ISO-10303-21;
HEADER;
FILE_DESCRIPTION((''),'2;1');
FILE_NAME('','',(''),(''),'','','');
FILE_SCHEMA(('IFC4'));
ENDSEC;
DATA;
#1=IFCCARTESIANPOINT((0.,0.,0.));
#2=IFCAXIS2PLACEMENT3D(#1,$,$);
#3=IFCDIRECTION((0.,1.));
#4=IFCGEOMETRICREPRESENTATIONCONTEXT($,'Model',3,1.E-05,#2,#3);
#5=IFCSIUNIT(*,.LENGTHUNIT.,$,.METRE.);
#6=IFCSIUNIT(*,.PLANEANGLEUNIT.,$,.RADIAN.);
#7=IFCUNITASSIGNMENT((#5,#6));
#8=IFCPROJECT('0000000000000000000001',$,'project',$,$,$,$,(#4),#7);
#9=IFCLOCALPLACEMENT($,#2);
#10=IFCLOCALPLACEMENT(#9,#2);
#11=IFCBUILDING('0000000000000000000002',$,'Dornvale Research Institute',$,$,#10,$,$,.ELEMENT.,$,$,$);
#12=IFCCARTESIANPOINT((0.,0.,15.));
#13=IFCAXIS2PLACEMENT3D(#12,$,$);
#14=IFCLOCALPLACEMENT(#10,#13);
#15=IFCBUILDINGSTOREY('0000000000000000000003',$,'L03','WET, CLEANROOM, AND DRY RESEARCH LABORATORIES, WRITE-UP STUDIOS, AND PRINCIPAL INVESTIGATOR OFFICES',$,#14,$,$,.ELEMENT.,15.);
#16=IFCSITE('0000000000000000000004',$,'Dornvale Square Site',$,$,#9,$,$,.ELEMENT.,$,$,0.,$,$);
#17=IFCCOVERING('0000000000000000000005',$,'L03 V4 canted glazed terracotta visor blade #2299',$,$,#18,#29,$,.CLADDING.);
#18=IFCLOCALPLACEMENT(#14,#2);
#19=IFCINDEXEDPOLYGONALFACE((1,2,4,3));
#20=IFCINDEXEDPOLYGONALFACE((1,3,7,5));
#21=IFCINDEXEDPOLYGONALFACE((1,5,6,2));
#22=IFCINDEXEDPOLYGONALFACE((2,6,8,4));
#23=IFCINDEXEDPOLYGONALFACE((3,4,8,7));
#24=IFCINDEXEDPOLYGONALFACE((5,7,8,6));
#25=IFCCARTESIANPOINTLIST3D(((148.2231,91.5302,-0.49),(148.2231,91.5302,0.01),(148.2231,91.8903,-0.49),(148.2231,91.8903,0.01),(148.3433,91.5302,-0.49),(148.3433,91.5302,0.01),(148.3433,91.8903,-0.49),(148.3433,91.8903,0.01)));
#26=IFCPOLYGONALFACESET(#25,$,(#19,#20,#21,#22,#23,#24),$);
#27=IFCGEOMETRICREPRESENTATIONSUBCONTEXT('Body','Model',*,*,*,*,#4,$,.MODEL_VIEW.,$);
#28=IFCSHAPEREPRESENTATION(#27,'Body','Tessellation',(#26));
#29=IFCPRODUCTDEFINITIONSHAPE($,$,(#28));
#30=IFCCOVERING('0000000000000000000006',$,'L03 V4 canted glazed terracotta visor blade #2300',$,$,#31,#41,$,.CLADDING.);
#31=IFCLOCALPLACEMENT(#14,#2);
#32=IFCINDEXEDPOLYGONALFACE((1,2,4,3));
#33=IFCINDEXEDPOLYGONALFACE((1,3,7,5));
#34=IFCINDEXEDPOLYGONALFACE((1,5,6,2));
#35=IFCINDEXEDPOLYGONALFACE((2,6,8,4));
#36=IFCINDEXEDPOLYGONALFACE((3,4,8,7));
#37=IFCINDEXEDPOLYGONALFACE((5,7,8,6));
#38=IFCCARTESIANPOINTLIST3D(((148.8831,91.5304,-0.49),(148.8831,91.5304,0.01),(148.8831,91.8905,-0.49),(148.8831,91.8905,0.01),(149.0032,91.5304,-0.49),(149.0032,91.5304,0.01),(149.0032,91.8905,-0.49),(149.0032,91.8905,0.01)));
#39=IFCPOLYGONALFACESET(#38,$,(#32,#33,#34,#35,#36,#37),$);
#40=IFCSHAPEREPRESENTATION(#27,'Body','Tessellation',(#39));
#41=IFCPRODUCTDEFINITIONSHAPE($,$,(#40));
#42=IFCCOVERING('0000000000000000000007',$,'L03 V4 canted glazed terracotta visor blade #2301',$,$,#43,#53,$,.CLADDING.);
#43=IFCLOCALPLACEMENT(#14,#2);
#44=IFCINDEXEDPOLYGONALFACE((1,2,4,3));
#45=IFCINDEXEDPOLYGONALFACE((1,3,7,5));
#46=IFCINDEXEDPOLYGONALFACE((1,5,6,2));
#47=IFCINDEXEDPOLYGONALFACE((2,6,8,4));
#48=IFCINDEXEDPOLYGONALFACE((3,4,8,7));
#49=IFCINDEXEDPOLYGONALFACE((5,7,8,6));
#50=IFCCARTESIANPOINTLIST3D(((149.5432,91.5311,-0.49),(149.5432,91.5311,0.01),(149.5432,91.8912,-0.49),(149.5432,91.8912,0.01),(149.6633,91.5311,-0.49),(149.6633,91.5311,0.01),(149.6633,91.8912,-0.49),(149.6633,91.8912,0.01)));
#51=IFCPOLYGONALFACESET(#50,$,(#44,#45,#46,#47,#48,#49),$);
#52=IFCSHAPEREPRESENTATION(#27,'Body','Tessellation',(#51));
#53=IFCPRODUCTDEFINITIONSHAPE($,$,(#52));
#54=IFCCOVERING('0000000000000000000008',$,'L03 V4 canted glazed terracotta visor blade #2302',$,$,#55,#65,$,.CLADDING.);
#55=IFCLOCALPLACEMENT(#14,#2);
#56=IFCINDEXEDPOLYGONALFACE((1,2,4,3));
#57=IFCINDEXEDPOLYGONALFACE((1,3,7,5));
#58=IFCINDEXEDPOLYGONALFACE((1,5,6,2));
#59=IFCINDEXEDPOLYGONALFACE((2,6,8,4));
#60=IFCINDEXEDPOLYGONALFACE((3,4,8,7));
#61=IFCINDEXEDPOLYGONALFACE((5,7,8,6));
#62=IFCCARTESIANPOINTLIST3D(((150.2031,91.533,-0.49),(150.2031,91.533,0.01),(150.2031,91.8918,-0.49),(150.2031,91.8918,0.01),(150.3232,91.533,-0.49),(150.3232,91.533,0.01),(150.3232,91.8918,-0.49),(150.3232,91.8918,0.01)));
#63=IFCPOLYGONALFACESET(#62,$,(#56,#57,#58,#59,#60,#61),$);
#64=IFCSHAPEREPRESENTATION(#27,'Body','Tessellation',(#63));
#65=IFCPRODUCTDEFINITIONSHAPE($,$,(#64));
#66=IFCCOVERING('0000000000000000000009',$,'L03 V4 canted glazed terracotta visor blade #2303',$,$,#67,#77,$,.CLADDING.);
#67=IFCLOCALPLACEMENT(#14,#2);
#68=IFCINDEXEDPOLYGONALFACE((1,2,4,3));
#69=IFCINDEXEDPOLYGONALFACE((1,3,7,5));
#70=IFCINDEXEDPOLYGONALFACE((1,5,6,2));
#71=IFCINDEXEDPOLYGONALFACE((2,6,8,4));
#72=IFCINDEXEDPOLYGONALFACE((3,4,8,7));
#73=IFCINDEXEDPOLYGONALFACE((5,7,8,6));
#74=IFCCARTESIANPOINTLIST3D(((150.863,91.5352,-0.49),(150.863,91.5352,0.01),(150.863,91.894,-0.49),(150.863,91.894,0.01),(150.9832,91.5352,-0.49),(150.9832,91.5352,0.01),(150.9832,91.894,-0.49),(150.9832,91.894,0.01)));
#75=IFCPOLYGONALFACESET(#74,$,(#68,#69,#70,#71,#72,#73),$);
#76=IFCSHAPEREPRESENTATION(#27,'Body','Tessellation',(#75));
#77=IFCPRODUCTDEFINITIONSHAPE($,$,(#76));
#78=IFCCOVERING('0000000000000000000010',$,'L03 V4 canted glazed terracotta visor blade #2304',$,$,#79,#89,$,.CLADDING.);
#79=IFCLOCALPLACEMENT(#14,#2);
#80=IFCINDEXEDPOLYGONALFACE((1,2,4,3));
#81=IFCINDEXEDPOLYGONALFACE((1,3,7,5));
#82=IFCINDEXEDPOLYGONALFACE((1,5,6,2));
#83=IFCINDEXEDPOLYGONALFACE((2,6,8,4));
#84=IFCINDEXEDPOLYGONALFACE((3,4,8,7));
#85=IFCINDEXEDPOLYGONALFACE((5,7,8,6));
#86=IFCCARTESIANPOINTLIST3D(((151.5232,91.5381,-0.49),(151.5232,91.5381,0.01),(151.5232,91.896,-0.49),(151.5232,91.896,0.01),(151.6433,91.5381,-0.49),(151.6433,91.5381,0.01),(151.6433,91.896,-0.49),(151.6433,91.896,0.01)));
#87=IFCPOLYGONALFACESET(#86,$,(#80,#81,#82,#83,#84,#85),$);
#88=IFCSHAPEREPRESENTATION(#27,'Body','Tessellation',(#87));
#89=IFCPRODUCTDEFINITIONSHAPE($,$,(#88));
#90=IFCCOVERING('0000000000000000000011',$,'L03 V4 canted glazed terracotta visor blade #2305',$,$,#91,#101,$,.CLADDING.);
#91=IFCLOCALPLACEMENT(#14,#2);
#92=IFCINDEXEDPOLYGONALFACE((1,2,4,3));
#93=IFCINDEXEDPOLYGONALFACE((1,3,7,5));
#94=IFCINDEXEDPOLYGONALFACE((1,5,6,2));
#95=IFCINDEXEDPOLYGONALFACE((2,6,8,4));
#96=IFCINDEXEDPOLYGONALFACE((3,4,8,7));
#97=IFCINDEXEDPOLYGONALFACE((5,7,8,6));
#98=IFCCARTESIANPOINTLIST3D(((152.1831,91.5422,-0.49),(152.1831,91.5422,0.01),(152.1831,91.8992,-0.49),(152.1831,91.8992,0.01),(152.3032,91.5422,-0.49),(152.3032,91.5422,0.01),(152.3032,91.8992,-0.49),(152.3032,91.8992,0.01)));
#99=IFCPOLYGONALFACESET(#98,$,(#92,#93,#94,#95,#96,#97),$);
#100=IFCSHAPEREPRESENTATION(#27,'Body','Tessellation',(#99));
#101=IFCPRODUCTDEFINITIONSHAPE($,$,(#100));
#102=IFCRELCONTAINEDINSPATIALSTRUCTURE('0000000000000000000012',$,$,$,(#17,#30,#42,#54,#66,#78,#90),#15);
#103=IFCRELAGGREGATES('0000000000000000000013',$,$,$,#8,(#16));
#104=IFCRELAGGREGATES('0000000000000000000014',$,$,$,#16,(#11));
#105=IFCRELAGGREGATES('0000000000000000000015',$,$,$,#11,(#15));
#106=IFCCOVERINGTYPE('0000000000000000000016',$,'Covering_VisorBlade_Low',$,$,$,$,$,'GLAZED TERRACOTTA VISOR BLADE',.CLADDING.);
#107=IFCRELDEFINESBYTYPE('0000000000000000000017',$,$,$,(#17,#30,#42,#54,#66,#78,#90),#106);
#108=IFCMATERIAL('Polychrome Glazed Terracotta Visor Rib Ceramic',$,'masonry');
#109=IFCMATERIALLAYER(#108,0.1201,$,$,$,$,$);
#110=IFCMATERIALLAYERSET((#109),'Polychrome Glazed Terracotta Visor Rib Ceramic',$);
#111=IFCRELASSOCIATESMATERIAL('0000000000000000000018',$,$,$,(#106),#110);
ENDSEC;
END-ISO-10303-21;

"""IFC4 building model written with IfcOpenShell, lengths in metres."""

from ifc_helpers import new_model, si_unit, direction, frame, origin, origin_2d, place, context, subcontext, project, spatial, rectangle, extrude, material, layer, layer_set, type_object, element, save


model = new_model("IFC4")

# Units and contexts
model_context = context("Model", 3, precision=1e-05, world=origin(), true_north=direction((0.0, 1.0)))
body_context = subcontext(model_context, "Body", "Model", "MODEL_VIEW")
ifc_project = project(units=[si_unit("LENGTHUNIT", "METRE"), si_unit("PLANEANGLEUNIT", "RADIAN")], contexts=[model_context])

# Site, building, storey
site_placement = place(None, origin())
site = spatial("IfcSite", under=ifc_project, at=site_placement, Name="Dornvale Square Site", CompositionType="ELEMENT", RefElevation=0.0)
building_placement = place(site_placement, origin())
building = spatial("IfcBuilding", under=site, at=building_placement, Name="Dornvale Research Institute", CompositionType="ELEMENT")
storey_placement = place(building_placement, frame((0.0, 0.0, 15.0)))
storey = spatial("IfcBuildingStorey", under=building, at=storey_placement, Name="L03", Description="WET, CLEANROOM, AND DRY RESEARCH LABORATORIES, WRITE-UP STUDIOS, AND PRINCIPAL INVESTIGATOR OFFICES", CompositionType="ELEMENT", Elevation=15.0)

# Coverings
ifc_material_1 = material(Name="Polychrome Glazed Terracotta Visor Rib Ceramic", Category="masonry")
ifc_layer_1 = layer(ifc_material_1, 0.1201)
ifc_layer_set_1 = layer_set([ifc_layer_1], Name="Polychrome Glazed Terracotta Visor Rib Ceramic")
covering_type = type_object("IfcCoveringType", Name="Covering_VisorBlade_Low", ElementType="GLAZED TERRACOTTA VISOR BLADE", PredefinedType="CLADDING", material=ifc_layer_set_1)
for number, where, z_axis, x_axis, name in (
    (1, (148.2832, 91.7102, -0.49), (0.0, 0.0, 1.0), (0.0, 1.0, 0.0), "L03 V4 canted glazed terracotta visor blade #2299"),
    (2, (148.9431, 91.7104, -0.49), (0.0, 0.0, 1.0), (0.0, 1.0, 0.0), "L03 V4 canted glazed terracotta visor blade #2300"),
    (3, (149.6033, 91.7112, -0.49), (0.0, 0.0, 1.0), (0.0, 1.0, 0.0), "L03 V4 canted glazed terracotta visor blade #2301"),
):
    element("IfcCovering", number, at=place(storey_placement, frame(where, z_axis=z_axis, x_axis=x_axis)), inside=storey, type_object=covering_type, Name=name, PredefinedType="CLADDING", context=body_context, shape_type="SweptSolid", body=[
        extrude(rectangle(XDim=0.3601, YDim=0.1201, at=origin_2d()), origin(), (0.0, 0.0, 1.0), 0.5),
    ])
for number, where, z_axis, x_axis, name in (
    (4, (150.2632, 91.7124, -0.49), (0.0, 0.0, 1.0), (0.0, 1.0, 0.0), "L03 V4 canted glazed terracotta visor blade #2302"),
    (5, (150.9231, 91.7146, -0.49), (0.0, 0.0, 1.0), (0.0, 1.0, 0.0), "L03 V4 canted glazed terracotta visor blade #2303"),
):
    element("IfcCovering", number, at=place(storey_placement, frame(where, z_axis=z_axis, x_axis=x_axis)), inside=storey, type_object=covering_type, Name=name, PredefinedType="CLADDING", context=body_context, shape_type="SweptSolid", body=[
        extrude(rectangle(XDim=0.3589, YDim=0.1201, at=origin_2d()), origin(), (0.0, 0.0, 1.0), 0.5),
    ])
covering_1_placement = place(storey_placement, frame((151.5833, 91.717, -0.49), z_axis=(0.0, 0.0, 1.0), x_axis=(0.0, 1.0, 0.0)))
element("IfcCovering", 6, at=covering_1_placement, inside=storey, type_object=covering_type, Name="L03 V4 canted glazed terracotta visor blade #2304", PredefinedType="CLADDING", context=body_context, shape_type="SweptSolid", body=[
    extrude(rectangle(XDim=0.3579, YDim=0.1201, at=origin_2d()), origin(), (0.0, 0.0, 1.0), 0.5),
])
covering_2_placement = place(storey_placement, frame((152.2432, 91.7207, -0.49), z_axis=(0.0, 0.0, 1.0), x_axis=(0.0, 1.0, 0.0)))
element("IfcCovering", 7, at=covering_2_placement, inside=storey, type_object=covering_type, Name="L03 V4 canted glazed terracotta visor blade #2305", PredefinedType="CLADDING", context=body_context, shape_type="SweptSolid", body=[
    extrude(rectangle(XDim=0.3569, YDim=0.1201, at=origin_2d()), origin(), (0.0, 0.0, 1.0), 0.5),
])

save(model, "model.ifc")
